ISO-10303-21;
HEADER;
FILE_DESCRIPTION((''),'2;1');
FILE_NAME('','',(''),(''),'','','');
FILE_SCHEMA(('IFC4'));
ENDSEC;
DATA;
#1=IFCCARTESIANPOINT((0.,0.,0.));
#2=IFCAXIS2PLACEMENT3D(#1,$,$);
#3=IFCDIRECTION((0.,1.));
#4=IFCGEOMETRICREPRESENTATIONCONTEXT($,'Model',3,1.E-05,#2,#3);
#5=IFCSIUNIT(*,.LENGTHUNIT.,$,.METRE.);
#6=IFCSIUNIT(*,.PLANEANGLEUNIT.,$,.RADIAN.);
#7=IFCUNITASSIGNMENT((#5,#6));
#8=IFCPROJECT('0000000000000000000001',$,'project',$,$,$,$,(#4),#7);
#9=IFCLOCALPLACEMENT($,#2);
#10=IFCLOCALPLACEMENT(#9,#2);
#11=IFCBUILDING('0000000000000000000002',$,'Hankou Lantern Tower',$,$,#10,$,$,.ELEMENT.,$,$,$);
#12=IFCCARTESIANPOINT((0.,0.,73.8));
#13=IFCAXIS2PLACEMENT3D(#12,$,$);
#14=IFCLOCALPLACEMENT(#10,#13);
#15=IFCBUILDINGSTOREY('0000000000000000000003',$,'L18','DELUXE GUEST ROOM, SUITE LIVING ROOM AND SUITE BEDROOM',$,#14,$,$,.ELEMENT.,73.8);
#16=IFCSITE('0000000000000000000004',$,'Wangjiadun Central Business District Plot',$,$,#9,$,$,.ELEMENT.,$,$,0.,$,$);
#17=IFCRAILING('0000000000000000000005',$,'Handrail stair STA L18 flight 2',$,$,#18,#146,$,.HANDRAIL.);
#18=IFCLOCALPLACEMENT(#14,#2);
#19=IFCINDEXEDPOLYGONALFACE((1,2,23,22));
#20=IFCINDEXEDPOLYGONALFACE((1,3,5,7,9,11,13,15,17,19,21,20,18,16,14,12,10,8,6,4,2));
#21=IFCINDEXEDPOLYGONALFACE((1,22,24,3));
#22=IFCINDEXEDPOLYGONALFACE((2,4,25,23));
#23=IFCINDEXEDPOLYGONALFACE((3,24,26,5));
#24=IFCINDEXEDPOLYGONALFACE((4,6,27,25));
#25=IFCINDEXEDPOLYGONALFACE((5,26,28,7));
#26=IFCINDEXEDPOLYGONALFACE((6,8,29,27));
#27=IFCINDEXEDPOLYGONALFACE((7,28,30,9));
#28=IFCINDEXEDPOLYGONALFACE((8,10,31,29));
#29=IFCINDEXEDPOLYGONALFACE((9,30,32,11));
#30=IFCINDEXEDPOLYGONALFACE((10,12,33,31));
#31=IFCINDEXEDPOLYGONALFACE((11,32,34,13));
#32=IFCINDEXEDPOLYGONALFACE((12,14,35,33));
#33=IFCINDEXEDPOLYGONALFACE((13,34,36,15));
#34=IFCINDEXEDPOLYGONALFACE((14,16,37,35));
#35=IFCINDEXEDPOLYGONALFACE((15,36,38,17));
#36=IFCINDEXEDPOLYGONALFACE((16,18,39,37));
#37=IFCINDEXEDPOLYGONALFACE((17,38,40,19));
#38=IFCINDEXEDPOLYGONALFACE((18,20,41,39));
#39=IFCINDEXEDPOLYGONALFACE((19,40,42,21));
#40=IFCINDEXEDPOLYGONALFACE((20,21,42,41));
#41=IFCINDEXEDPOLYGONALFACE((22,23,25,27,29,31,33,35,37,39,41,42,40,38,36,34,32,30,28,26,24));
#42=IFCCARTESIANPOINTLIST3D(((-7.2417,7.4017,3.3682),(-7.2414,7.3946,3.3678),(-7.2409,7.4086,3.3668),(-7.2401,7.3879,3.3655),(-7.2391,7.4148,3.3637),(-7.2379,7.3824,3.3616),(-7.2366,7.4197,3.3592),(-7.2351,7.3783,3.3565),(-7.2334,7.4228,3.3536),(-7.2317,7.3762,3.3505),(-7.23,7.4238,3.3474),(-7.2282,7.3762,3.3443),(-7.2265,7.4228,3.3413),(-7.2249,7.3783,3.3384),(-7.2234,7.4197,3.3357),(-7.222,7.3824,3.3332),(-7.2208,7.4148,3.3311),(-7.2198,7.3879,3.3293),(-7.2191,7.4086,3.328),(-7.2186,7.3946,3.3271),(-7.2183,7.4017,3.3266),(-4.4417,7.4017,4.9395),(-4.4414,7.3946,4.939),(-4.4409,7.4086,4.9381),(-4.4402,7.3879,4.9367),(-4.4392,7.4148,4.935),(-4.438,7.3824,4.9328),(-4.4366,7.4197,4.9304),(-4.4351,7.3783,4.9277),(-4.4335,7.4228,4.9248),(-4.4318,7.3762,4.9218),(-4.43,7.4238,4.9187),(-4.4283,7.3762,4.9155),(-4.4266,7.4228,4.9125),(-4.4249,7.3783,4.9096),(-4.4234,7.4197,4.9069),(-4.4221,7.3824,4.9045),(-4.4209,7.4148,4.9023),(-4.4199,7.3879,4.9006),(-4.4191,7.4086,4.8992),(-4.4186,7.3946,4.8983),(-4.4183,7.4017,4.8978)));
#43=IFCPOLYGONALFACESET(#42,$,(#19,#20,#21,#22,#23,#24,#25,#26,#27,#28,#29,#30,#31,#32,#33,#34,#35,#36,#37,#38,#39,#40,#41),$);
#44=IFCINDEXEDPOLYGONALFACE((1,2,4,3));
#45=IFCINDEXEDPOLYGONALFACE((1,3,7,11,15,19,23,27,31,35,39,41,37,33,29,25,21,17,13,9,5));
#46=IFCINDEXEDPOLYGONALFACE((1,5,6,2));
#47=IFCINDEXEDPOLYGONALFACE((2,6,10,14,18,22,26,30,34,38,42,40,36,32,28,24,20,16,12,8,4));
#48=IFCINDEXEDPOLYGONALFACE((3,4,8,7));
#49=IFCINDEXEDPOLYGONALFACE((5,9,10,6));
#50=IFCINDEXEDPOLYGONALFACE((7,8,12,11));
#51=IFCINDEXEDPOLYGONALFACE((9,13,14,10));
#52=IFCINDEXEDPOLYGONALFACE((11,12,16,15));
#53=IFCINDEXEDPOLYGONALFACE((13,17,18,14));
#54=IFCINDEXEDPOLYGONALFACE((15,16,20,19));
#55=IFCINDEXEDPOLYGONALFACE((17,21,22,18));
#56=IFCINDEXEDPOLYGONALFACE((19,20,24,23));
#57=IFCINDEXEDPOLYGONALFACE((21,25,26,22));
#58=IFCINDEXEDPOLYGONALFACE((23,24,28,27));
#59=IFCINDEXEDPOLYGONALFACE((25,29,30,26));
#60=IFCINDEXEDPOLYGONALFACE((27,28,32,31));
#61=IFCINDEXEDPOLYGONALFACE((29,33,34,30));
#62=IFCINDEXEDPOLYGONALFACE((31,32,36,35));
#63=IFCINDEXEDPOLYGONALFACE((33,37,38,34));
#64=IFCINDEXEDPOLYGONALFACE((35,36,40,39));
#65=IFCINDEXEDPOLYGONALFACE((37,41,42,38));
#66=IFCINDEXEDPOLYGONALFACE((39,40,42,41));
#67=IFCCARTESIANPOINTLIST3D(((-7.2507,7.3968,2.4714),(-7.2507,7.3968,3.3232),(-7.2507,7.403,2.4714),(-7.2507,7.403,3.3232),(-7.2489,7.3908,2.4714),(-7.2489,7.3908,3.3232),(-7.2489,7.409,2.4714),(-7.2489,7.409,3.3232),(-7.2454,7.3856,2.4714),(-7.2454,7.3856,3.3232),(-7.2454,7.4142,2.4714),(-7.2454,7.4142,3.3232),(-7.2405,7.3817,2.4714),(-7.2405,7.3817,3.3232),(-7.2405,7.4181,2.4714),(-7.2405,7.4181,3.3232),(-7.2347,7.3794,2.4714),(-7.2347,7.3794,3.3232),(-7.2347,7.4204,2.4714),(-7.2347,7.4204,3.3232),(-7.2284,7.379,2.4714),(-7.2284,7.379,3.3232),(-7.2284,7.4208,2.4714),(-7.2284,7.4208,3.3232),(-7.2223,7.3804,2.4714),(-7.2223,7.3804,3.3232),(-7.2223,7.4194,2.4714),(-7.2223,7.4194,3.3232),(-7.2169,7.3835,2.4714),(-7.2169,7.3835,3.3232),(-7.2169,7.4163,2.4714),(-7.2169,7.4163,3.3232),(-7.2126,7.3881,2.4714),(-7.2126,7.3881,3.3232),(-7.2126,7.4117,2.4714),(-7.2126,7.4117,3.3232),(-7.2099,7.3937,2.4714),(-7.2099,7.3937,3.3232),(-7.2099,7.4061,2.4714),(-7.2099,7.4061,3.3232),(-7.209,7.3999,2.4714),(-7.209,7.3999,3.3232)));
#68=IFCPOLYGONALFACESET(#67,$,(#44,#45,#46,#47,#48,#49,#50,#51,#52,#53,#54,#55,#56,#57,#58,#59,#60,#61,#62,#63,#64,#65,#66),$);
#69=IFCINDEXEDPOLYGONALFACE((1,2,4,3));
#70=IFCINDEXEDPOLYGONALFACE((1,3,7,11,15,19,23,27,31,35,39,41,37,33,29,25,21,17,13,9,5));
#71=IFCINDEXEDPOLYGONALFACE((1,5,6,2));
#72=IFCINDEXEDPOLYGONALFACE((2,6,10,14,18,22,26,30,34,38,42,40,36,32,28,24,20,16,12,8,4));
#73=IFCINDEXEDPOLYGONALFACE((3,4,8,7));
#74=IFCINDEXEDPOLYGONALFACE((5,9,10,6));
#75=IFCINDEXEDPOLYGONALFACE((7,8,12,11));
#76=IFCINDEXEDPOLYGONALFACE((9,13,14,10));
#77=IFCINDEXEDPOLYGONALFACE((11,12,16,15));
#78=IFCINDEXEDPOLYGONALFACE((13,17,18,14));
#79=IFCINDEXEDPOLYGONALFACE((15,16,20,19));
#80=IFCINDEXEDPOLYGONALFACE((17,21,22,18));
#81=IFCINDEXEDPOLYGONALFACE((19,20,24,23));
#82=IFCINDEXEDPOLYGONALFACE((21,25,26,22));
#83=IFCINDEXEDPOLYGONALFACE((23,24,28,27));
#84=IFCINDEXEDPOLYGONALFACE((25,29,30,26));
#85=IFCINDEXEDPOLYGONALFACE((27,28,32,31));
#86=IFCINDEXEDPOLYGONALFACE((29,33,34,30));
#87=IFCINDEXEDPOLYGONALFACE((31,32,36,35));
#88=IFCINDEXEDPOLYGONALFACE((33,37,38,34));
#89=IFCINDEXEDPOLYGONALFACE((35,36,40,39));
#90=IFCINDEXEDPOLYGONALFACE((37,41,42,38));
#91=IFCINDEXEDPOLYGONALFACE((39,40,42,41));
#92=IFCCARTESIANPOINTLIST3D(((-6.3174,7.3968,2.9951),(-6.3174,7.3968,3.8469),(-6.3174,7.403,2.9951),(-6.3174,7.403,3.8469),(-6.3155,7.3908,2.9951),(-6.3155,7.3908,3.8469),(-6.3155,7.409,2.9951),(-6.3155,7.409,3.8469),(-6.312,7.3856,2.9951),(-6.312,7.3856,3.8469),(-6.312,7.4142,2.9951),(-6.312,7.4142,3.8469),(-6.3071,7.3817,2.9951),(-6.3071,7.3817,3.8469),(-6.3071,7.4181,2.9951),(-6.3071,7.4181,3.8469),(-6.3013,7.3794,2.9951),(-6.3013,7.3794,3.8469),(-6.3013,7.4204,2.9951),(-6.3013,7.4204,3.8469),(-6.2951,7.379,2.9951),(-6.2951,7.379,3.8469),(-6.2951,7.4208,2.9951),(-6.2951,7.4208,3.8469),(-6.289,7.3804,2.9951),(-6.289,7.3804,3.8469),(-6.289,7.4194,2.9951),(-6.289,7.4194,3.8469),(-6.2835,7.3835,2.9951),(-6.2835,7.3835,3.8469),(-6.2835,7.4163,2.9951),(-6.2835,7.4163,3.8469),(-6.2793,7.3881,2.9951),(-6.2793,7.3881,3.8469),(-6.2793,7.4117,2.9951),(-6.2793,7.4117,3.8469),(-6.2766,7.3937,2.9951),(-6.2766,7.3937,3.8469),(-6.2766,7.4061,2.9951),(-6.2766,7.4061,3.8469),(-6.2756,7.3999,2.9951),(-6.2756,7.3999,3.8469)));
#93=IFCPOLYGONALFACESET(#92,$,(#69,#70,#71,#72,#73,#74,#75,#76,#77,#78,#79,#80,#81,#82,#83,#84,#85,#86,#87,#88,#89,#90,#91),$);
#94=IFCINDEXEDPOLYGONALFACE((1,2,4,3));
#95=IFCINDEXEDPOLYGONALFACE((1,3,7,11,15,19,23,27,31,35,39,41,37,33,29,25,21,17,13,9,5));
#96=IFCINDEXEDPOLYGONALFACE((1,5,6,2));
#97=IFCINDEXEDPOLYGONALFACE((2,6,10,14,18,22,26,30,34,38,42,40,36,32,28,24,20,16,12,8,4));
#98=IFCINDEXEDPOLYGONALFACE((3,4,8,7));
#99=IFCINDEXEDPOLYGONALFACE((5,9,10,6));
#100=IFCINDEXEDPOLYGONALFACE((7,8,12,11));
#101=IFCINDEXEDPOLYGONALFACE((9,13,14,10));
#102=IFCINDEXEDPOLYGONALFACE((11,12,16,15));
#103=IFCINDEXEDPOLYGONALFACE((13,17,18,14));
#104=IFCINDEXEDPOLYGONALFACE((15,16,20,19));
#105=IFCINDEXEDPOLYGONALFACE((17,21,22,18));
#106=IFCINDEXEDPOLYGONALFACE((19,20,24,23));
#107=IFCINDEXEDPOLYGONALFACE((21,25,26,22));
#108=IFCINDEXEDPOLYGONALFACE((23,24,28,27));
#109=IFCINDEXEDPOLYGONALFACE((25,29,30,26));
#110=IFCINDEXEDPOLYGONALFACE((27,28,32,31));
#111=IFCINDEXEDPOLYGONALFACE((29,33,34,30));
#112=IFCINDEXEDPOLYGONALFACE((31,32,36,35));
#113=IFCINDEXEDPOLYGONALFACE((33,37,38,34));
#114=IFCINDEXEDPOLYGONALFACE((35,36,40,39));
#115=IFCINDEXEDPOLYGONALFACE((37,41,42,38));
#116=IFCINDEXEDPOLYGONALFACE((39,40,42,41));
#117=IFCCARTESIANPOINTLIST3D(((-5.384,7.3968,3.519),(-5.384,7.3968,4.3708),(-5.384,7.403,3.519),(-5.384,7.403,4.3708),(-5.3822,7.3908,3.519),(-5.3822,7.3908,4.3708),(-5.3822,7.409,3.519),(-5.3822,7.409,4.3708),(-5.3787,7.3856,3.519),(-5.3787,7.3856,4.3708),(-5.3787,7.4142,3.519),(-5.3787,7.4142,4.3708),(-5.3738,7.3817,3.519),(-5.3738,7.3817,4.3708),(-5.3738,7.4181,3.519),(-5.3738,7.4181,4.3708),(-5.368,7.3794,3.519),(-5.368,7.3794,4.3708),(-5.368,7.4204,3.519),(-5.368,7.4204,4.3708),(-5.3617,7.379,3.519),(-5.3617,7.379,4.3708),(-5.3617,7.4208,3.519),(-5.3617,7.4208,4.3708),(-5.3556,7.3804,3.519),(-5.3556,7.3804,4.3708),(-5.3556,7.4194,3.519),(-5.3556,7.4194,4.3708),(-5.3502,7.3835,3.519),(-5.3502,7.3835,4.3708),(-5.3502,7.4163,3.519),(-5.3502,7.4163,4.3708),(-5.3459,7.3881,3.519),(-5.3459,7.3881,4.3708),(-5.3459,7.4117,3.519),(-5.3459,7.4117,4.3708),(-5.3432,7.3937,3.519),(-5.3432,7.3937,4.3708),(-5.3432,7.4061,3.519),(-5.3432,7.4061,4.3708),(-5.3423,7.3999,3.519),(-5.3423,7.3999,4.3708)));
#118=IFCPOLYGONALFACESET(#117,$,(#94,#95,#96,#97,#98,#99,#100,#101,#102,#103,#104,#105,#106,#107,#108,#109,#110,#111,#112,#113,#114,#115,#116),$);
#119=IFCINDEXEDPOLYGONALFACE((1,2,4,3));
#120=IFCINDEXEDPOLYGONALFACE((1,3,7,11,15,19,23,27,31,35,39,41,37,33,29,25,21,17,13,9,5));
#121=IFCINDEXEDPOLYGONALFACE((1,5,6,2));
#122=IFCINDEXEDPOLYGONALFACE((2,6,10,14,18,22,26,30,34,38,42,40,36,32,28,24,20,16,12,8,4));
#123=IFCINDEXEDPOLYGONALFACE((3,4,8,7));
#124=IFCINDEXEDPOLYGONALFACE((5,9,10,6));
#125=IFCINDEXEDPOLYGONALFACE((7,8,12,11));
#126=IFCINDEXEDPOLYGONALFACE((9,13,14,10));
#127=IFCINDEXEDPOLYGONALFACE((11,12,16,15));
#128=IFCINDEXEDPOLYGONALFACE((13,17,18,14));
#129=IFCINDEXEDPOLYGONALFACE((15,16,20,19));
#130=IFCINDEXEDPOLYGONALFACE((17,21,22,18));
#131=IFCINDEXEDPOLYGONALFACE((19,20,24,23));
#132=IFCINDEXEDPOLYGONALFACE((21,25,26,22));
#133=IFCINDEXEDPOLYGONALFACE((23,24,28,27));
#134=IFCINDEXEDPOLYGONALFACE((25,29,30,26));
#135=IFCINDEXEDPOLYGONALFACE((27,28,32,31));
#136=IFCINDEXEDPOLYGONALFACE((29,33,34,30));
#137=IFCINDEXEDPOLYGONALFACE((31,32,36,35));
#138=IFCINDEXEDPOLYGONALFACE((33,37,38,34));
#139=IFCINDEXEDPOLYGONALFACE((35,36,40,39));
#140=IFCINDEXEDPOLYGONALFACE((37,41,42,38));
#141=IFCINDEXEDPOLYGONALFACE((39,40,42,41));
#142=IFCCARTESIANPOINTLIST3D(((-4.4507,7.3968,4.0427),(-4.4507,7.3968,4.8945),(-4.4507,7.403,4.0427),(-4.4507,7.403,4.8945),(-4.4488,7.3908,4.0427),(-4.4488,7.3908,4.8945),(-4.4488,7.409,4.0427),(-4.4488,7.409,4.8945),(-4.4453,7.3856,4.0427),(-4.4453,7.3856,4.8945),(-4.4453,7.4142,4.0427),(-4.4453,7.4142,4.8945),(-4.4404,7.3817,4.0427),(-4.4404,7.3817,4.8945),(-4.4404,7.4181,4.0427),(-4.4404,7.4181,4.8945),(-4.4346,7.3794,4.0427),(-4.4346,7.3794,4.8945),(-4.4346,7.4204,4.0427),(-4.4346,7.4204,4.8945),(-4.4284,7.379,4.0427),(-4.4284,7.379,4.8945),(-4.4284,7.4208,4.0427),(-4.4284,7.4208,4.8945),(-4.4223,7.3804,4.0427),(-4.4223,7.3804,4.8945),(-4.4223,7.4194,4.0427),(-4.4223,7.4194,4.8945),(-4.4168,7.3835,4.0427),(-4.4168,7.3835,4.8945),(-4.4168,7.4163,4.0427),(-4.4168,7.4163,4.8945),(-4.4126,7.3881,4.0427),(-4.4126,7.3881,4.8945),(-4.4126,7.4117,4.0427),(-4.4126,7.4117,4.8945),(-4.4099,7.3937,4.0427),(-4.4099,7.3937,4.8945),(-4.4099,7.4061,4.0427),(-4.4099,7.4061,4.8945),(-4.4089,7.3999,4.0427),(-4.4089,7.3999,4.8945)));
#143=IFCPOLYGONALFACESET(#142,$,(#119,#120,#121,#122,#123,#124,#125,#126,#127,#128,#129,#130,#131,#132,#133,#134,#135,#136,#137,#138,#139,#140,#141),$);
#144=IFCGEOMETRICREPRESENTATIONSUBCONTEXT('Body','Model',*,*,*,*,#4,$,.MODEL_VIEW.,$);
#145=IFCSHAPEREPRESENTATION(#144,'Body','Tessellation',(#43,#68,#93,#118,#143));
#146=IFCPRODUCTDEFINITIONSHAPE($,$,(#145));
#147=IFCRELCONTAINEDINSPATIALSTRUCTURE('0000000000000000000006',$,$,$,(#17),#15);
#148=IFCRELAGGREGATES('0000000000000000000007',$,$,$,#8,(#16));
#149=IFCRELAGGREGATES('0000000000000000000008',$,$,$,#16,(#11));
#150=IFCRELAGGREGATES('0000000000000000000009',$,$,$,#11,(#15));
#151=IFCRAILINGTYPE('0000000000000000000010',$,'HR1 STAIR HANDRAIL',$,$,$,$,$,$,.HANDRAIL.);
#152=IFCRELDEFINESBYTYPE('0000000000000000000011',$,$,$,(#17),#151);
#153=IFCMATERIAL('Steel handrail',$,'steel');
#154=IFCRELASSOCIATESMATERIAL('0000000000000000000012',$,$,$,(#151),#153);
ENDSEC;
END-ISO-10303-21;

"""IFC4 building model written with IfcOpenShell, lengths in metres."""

from ifc_helpers import new_model, si_unit, direction, frame, origin, origin_2d, place, context, subcontext, project, spatial, circle, extrude, material, type_object, element, save


model = new_model("IFC4")

# Units and contexts
model_context = context("Model", 3, precision=1e-05, world=origin(), true_north=direction((0.0, 1.0)))
body_context = subcontext(model_context, "Body", "Model", "MODEL_VIEW")
ifc_project = project(units=[si_unit("LENGTHUNIT", "METRE"), si_unit("PLANEANGLEUNIT", "RADIAN")], contexts=[model_context])

# Site, building, storey
site_placement = place(None, origin())
site = spatial("IfcSite", under=ifc_project, at=site_placement, Name="Wangjiadun Central Business District Plot", CompositionType="ELEMENT", RefElevation=0.0)
building_placement = place(site_placement, origin())
building = spatial("IfcBuilding", under=site, at=building_placement, Name="Hankou Lantern Tower", CompositionType="ELEMENT")
storey_placement = place(building_placement, frame((0.0, 0.0, 73.8)))
storey = spatial("IfcBuildingStorey", under=building, at=storey_placement, Name="L18", Description="DELUXE GUEST ROOM, SUITE LIVING ROOM AND SUITE BEDROOM", CompositionType="ELEMENT", Elevation=73.8)

# Railing
ifc_material_1 = material(Name="Steel handrail", Category="steel")
railing_type = type_object("IfcRailingType", Name="HR1 STAIR HANDRAIL", PredefinedType="HANDRAIL", material=ifc_material_1)
railing_1_placement = place(storey_placement, frame((-7.23, 7.3999, 2.4714)))
element("IfcRailing", 1, at=railing_1_placement, inside=storey, type_object=railing_type, Name="Handrail stair STA L18 flight 2", PredefinedType="HANDRAIL", context=body_context, shape_type="SweptSolid", body=[
    extrude(circle(Radius=0.0239, at=origin_2d()), frame((0.0, 0.0, 0.876), z_axis=(0.872073, 0.0, 0.489377), x_axis=(0.0, 1.0, 0.0)), (0.0, 0.0, 1.0), 3.2107),
    extrude(circle(Radius=0.021, at=origin_2d()), origin(), (0.0, 0.0, 1.0), 0.8518),
    extrude(circle(Radius=0.021, at=origin_2d()), frame((0.9333, 0.0, 0.5237)), (0.0, 0.0, 1.0), 0.8518),
    extrude(circle(Radius=0.021, at=origin_2d()), frame((1.8667, 0.0, 1.0476)), (0.0, 0.0, 1.0), 0.8518),
    extrude(circle(Radius=0.021, at=origin_2d()), frame((2.8, 0.0, 1.5713)), (0.0, 0.0, 1.0), 0.8518),
])

save(model, "model.ifc")
